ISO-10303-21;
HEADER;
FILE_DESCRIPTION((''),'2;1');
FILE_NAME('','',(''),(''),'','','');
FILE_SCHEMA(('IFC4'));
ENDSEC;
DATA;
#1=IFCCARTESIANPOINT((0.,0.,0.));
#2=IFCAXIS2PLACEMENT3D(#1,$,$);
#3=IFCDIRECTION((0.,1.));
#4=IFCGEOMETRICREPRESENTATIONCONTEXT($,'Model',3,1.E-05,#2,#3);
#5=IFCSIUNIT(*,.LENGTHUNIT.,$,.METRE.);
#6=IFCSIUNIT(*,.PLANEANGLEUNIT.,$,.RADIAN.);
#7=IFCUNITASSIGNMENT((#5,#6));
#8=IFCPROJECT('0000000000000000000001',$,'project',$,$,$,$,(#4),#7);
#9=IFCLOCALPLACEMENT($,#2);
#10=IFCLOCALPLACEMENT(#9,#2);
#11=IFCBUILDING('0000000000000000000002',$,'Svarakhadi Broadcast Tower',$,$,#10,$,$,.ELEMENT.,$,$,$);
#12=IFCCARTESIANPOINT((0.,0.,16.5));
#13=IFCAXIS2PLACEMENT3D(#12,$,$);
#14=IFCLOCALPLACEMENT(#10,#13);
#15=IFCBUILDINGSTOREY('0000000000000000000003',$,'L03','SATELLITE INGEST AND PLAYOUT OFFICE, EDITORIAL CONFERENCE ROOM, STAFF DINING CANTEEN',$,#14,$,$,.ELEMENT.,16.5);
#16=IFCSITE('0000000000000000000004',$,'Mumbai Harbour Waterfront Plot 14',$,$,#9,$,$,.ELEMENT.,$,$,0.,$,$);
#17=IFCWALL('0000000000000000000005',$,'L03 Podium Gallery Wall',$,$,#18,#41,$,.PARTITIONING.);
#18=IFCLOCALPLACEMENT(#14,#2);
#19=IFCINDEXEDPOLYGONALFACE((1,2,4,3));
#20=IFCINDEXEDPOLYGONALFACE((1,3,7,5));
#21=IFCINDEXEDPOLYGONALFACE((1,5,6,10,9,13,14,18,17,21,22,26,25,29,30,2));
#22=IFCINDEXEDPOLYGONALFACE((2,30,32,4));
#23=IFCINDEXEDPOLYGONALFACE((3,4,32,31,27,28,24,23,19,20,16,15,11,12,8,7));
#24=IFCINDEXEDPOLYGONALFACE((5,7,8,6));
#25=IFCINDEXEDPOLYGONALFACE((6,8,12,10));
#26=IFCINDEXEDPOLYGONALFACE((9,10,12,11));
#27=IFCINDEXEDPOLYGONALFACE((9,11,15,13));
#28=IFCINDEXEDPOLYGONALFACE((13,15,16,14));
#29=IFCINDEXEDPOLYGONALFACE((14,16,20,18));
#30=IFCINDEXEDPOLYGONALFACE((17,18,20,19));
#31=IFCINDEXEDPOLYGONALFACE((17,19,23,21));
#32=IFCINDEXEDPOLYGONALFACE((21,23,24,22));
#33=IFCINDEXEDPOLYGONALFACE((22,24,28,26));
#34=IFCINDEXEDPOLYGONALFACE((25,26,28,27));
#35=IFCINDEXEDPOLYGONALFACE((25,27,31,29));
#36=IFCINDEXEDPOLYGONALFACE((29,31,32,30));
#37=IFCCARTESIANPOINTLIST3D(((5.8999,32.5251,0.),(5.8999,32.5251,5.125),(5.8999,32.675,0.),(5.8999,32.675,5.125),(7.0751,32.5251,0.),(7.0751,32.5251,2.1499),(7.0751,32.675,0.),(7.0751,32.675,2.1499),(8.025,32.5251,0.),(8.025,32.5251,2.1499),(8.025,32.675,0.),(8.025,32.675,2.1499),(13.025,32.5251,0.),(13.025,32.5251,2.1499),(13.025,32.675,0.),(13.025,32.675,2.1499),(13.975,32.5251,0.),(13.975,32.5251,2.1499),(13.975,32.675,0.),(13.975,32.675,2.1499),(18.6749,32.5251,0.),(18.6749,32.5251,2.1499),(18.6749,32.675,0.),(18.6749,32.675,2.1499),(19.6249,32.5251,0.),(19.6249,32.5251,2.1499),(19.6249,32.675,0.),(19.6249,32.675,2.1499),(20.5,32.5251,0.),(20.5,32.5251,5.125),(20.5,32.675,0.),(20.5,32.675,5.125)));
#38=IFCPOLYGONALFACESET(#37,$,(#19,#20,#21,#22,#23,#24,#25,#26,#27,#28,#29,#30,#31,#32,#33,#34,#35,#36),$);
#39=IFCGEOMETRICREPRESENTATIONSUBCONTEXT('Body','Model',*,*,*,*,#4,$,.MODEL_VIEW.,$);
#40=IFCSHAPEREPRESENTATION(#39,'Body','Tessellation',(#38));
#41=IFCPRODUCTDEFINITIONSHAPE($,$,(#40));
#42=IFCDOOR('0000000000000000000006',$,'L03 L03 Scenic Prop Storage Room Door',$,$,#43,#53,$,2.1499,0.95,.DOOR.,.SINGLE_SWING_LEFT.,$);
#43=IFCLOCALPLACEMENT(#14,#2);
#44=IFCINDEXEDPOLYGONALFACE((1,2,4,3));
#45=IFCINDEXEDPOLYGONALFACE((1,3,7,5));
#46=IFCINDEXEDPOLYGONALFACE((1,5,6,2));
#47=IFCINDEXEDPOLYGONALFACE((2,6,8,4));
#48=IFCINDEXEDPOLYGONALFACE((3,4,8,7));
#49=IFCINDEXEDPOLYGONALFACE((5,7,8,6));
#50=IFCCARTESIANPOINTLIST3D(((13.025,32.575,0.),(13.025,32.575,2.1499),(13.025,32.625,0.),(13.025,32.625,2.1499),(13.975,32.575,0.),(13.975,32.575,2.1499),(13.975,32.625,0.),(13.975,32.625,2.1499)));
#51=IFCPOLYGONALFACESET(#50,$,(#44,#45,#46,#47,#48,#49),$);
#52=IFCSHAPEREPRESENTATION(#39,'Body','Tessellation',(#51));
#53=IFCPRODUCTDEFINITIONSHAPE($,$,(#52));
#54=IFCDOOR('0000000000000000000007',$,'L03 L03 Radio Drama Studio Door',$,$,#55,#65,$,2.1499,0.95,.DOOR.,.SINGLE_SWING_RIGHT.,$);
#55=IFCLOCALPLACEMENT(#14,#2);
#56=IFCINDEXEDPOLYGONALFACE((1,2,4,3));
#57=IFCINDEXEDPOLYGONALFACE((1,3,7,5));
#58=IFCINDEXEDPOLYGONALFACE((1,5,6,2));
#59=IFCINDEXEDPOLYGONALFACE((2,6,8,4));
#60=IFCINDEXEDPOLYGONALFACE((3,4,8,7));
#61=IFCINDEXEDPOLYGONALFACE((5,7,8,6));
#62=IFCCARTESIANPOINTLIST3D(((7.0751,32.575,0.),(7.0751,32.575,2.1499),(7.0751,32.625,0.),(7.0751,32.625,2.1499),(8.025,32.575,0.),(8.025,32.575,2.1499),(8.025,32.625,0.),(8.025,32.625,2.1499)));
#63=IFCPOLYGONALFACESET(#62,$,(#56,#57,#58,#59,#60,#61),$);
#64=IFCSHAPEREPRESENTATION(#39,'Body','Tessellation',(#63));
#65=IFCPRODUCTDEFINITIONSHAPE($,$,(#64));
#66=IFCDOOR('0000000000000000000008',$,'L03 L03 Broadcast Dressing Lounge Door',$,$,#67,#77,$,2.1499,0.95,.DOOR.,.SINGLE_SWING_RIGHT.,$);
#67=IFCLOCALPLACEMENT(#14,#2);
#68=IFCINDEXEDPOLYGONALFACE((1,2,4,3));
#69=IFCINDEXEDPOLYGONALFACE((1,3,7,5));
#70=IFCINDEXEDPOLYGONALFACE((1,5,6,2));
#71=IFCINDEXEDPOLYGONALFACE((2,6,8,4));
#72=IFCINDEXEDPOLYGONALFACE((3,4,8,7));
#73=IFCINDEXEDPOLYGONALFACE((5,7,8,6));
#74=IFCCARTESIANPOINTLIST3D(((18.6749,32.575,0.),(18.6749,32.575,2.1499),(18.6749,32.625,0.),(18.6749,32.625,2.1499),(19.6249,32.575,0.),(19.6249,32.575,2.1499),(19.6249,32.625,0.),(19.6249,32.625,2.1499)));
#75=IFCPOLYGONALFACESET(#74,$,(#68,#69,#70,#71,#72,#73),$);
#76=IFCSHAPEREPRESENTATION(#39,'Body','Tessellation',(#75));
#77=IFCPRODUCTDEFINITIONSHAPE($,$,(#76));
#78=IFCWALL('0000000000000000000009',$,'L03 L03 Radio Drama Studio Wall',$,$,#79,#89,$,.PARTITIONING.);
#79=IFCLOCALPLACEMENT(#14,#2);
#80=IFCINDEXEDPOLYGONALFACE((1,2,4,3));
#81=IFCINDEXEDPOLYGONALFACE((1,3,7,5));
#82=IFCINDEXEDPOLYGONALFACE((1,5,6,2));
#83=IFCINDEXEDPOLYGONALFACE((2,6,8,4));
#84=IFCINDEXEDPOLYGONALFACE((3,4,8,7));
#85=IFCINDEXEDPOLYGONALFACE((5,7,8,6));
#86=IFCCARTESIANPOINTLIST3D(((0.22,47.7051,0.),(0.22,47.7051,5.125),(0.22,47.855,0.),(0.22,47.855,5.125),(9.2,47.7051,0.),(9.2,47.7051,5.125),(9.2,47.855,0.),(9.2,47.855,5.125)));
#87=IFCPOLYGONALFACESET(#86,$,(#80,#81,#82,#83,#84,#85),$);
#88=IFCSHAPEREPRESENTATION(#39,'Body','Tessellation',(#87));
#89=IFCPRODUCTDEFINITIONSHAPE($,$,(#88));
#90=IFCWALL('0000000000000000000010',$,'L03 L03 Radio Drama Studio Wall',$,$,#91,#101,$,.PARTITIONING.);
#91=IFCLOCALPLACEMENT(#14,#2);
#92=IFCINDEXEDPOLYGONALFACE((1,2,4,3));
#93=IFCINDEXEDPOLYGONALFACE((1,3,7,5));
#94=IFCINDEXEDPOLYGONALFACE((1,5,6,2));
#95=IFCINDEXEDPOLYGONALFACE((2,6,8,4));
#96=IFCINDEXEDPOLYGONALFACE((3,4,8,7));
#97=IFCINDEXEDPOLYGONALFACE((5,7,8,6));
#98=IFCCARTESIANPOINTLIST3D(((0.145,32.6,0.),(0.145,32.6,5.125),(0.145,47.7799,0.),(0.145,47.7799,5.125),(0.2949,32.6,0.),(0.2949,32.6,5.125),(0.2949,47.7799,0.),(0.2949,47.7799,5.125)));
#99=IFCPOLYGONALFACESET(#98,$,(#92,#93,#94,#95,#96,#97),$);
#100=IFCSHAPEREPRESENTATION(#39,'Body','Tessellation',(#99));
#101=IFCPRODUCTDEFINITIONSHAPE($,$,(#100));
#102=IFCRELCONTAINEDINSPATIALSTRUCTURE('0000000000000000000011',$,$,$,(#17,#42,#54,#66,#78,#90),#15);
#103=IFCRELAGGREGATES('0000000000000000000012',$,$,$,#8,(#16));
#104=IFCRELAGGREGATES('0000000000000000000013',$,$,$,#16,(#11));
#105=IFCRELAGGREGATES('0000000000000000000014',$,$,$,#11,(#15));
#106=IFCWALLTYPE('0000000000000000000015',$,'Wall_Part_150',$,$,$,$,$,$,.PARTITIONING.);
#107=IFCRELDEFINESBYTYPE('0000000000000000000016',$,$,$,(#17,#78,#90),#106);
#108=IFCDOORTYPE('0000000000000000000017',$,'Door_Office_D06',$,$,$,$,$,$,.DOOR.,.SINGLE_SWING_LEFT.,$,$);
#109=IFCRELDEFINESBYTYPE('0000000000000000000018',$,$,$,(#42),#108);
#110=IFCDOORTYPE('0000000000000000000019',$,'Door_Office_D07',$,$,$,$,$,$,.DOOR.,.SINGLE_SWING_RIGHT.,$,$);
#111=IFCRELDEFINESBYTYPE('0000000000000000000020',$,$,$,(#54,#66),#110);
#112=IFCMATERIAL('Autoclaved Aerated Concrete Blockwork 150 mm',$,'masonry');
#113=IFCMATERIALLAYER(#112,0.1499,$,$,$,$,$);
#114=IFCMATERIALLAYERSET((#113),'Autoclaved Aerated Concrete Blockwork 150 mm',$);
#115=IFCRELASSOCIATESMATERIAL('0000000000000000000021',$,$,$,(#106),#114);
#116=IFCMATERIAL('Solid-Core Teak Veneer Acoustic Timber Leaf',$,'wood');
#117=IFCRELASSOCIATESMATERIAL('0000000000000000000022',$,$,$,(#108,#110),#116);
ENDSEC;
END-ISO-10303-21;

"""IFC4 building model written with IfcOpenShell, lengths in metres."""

from ifc_helpers import new_model, si_unit, direction, frame, frame_2d, origin, place, context, subcontext, project, spatial, rectangle, extrude, material, layer, layer_set, type_object, element, fill, save


model = new_model("IFC4")

# Units and contexts
model_context = context("Model", 3, precision=1e-05, world=origin(), true_north=direction((0.0, 1.0)))
body_context = subcontext(model_context, "Body", "Model", "MODEL_VIEW")
ifc_project = project(units=[si_unit("LENGTHUNIT", "METRE"), si_unit("PLANEANGLEUNIT", "RADIAN")], contexts=[model_context])

# Site, building, storey
site_placement = place(None, origin())
site = spatial("IfcSite", under=ifc_project, at=site_placement, Name="Mumbai Harbour Waterfront Plot 14", CompositionType="ELEMENT", RefElevation=0.0)
building_placement = place(site_placement, origin())
building = spatial("IfcBuilding", under=site, at=building_placement, Name="Svarakhadi Broadcast Tower", CompositionType="ELEMENT")
storey_placement = place(building_placement, frame((0.0, 0.0, 16.5)))
storey = spatial("IfcBuildingStorey", under=building, at=storey_placement, Name="L03", Description="SATELLITE INGEST AND PLAYOUT OFFICE, EDITORIAL CONFERENCE ROOM, STAFF DINING CANTEEN", CompositionType="ELEMENT", Elevation=16.5)

# Shared definitions
ifc_material_1 = material(Name="Autoclaved Aerated Concrete Blockwork 150 mm", Category="masonry")
ifc_layer_1 = layer(ifc_material_1, 0.1499)
ifc_layer_set_1 = layer_set([ifc_layer_1], Name="Autoclaved Aerated Concrete Blockwork 150 mm")
wall_type = type_object("IfcWallType", Name="Wall_Part_150", PredefinedType="PARTITIONING", material=ifc_layer_set_1)

# Wall, openings, doors
wall_1_placement = place(storey_placement, frame((5.8999, 32.6001, 0.0), z_axis=(0.0, 0.0, 1.0), x_axis=(1.0, 0.0, 0.0)))
wall_1 = element("IfcWall", 1, at=wall_1_placement, inside=storey, type_object=wall_type, Name="L03 Podium Gallery Wall", PredefinedType="PARTITIONING", context=body_context, shape_type="SweptSolid", body=[
    extrude(rectangle(XDim=14.6001, YDim=0.1499, at=frame_2d((7.3, 0.0))), origin(), (0.0, 0.0, 1.0), 5.125),
])
opening_1_placement = place(wall_1_placement, frame((1.175, 0.0, 0.0)))
opening_1 = element("IfcOpeningElement", 2, at=opening_1_placement, cuts=wall_1, PredefinedType="OPENING", context=body_context, shape_type="SweptSolid", body=[
    extrude(rectangle(XDim=0.95, YDim=2.1499, at=frame_2d((0.4751, 1.075))), frame((0.0, 0.085, 0.0), z_axis=(0.0, -1.0, 0.0), x_axis=(1.0, 0.0, 0.0)), (0.0, 0.0, 1.0), 0.1699),
])
opening_2_placement = place(wall_1_placement, frame((7.125, 0.0, 0.0)))
opening_2 = element("IfcOpeningElement", 3, at=opening_2_placement, cuts=wall_1, PredefinedType="OPENING", context=body_context, shape_type="SweptSolid", body=[
    extrude(rectangle(XDim=0.95, YDim=2.1499, at=frame_2d((0.4751, 1.075))), frame((0.0, 0.085, 0.0), z_axis=(0.0, -1.0, 0.0), x_axis=(1.0, 0.0, 0.0)), (0.0, 0.0, 1.0), 0.1699),
])
opening_3_placement = place(wall_1_placement, frame((12.7749, 0.0, 0.0)))
opening_3 = element("IfcOpeningElement", 4, at=opening_3_placement, cuts=wall_1, PredefinedType="OPENING", context=body_context, shape_type="SweptSolid", body=[
    extrude(rectangle(XDim=0.95, YDim=2.1499, at=frame_2d((0.4751, 1.075))), frame((0.0, 0.085, 0.0), z_axis=(0.0, -1.0, 0.0), x_axis=(1.0, 0.0, 0.0)), (0.0, 0.0, 1.0), 0.1699),
])
ifc_material_2 = material(Name="Solid-Core Teak Veneer Acoustic Timber Leaf", Category="wood")
door_type_1 = type_object("IfcDoorType", Name="Door_Office_D06", OperationType="SINGLE_SWING_LEFT", PredefinedType="DOOR", material=ifc_material_2)
door_1_placement = place(opening_2_placement, origin())
door_1 = element("IfcDoor", 5, at=door_1_placement, inside=storey, type_object=door_type_1, Name="L03 L03 Scenic Prop Storage Room Door", OperationType="SINGLE_SWING_LEFT", OverallHeight=2.1499, OverallWidth=0.95, PredefinedType="DOOR", context=body_context, shape_type="SweptSolid", body=[
    extrude(rectangle(XDim=0.95, YDim=2.1499, at=frame_2d((0.4751, 1.075))), frame((0.0, 0.0249, 0.0), z_axis=(0.0, -1.0, 0.0), x_axis=(1.0, 0.0, 0.0)), (0.0, 0.0, 1.0), 0.05),
])
fill(opening_2, door_1)
door_type_2 = type_object("IfcDoorType", Name="Door_Office_D07", OperationType="SINGLE_SWING_RIGHT", PredefinedType="DOOR", material=ifc_material_2)
door_2_placement = place(opening_1_placement, origin())
door_2 = element("IfcDoor", 6, at=door_2_placement, inside=storey, type_object=door_type_2, Name="L03 L03 Radio Drama Studio Door", OperationType="SINGLE_SWING_RIGHT", OverallHeight=2.1499, OverallWidth=0.95, PredefinedType="DOOR", context=body_context, shape_type="SweptSolid", body=[
    extrude(rectangle(XDim=0.95, YDim=2.1499, at=frame_2d((0.4751, 1.075))), frame((0.0, 0.0249, 0.0), z_axis=(0.0, -1.0, 0.0), x_axis=(1.0, 0.0, 0.0)), (0.0, 0.0, 1.0), 0.05),
])
fill(opening_1, door_2)
door_3_placement = place(opening_3_placement, origin())
door_3 = element("IfcDoor", 7, at=door_3_placement, inside=storey, type_object=door_type_2, Name="L03 L03 Broadcast Dressing Lounge Door", OperationType="SINGLE_SWING_RIGHT", OverallHeight=2.1499, OverallWidth=0.95, PredefinedType="DOOR", context=body_context, shape_type="SweptSolid", body=[
    extrude(rectangle(XDim=0.95, YDim=2.1499, at=frame_2d((0.4751, 1.075))), frame((0.0, 0.0249, 0.0), z_axis=(0.0, -1.0, 0.0), x_axis=(1.0, 0.0, 0.0)), (0.0, 0.0, 1.0), 0.05),
])
fill(opening_3, door_3)

# Walls
wall_2_placement = place(storey_placement, frame((0.22, 47.78, 0.0), z_axis=(0.0, 0.0, 1.0), x_axis=(1.0, 0.0, 0.0)))
element("IfcWall", 8, at=wall_2_placement, inside=storey, type_object=wall_type, Name="L03 L03 Radio Drama Studio Wall", PredefinedType="PARTITIONING", context=body_context, shape_type="SweptSolid", body=[
    extrude(rectangle(XDim=8.98, YDim=0.1499, at=frame_2d((4.49, 0.0))), origin(), (0.0, 0.0, 1.0), 5.125),
])
wall_3_placement = place(storey_placement, frame((0.22, 32.6001, 0.0), z_axis=(0.0, 0.0, 1.0), x_axis=(0.0, 1.0, 0.0)))
element("IfcWall", 9, at=wall_3_placement, inside=storey, type_object=wall_type, Name="L03 L03 Radio Drama Studio Wall", PredefinedType="PARTITIONING", context=body_context, shape_type="SweptSolid", body=[
    extrude(rectangle(XDim=15.1799, YDim=0.1499, at=frame_2d((7.5898, 0.0))), origin(), (0.0, 0.0, 1.0), 5.125),
])

save(model, "model.ifc")
